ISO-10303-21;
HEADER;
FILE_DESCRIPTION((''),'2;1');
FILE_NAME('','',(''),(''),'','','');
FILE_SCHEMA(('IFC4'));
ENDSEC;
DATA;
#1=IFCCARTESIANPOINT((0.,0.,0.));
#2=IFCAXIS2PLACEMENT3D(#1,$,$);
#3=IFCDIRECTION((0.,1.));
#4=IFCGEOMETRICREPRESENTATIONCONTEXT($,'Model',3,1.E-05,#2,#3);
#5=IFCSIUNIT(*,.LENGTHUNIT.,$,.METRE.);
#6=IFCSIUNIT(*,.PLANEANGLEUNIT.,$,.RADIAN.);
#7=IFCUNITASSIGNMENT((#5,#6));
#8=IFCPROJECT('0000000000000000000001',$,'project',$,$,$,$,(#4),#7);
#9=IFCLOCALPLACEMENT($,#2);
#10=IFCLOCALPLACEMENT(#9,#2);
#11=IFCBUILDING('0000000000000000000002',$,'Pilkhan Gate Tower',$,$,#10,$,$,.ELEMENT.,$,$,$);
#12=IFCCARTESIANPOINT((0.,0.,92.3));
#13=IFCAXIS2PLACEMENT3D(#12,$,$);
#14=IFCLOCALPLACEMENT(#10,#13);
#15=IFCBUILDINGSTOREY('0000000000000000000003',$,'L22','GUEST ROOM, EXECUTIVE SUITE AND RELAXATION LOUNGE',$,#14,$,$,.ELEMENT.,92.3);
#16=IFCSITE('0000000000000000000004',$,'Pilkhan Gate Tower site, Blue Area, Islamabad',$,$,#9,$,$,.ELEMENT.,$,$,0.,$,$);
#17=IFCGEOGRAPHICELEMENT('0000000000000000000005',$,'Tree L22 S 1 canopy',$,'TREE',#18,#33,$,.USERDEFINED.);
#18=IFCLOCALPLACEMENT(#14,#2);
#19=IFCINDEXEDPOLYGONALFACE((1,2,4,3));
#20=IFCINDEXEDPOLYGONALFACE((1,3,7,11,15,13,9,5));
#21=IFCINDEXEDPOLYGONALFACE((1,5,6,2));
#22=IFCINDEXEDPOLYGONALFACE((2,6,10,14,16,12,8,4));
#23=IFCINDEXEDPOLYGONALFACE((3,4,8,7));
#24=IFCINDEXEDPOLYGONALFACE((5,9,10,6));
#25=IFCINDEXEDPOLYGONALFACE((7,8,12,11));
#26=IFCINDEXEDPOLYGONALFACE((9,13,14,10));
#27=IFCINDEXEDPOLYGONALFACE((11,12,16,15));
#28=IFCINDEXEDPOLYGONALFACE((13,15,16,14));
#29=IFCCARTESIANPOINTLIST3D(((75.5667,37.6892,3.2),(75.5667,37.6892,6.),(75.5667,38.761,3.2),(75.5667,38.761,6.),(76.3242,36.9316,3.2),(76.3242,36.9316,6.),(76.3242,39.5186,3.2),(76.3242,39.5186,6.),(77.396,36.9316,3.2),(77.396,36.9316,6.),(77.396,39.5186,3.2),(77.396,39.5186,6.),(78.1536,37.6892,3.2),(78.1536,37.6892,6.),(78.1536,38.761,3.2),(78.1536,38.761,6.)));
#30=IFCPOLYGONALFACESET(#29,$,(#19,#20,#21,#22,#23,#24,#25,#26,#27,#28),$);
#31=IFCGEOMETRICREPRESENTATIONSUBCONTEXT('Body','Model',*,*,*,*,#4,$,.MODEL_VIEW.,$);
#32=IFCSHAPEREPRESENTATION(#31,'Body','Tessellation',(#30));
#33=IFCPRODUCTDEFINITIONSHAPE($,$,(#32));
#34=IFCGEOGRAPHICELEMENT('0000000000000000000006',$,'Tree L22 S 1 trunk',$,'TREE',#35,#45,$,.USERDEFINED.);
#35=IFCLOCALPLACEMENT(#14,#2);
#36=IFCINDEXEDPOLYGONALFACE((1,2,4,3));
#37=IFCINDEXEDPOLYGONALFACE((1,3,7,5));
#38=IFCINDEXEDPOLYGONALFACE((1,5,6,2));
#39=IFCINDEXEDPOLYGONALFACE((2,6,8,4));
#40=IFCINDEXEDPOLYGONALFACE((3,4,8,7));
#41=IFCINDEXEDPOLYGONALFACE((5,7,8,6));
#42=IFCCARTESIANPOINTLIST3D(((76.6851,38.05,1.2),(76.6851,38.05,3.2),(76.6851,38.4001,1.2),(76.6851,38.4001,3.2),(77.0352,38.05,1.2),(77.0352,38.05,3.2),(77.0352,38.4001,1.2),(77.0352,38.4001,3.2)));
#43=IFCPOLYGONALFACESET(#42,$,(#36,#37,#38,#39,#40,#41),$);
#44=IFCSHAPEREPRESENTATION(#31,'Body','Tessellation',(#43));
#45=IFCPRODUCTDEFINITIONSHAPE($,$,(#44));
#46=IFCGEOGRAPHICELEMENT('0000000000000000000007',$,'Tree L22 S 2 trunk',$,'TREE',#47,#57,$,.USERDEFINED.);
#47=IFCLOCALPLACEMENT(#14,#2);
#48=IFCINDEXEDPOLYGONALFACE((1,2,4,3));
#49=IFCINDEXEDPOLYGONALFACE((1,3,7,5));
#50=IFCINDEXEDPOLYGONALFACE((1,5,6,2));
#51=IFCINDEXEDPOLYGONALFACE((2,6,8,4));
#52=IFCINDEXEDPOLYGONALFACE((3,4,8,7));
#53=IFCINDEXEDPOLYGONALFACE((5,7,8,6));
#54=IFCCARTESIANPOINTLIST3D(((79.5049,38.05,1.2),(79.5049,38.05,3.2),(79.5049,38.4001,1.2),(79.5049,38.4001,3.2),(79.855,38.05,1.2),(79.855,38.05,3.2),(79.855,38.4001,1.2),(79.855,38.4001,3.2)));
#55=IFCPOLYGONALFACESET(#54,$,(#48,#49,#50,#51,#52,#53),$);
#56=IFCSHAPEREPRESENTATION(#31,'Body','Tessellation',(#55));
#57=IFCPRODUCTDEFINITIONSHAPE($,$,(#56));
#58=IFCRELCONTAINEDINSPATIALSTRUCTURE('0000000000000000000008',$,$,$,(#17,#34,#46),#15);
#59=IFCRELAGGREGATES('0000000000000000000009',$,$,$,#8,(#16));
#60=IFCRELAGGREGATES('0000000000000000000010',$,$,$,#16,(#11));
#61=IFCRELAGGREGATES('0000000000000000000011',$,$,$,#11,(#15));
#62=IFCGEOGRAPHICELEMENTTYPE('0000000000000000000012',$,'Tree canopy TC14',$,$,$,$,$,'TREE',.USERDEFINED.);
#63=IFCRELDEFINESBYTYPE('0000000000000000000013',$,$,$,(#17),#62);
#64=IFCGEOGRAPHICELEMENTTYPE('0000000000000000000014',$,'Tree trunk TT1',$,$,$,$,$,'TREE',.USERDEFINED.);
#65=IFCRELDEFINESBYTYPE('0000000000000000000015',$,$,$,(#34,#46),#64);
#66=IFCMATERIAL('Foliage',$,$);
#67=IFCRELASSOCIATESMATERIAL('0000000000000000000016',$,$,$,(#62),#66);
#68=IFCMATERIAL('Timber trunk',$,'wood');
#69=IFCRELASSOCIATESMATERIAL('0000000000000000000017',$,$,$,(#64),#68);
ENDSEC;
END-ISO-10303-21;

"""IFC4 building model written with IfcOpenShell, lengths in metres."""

from ifc_helpers import new_model, si_unit, direction, frame, origin, origin_2d, place, context, subcontext, project, spatial, polyline, rectangle, outline, extrude, material, material_profile, profile_set, type_object, element, save


model = new_model("IFC4")

# Units and contexts
model_context = context("Model", 3, precision=1e-05, world=origin(), true_north=direction((0.0, 1.0)))
body_context = subcontext(model_context, "Body", "Model", "MODEL_VIEW")
ifc_project = project(units=[si_unit("LENGTHUNIT", "METRE"), si_unit("PLANEANGLEUNIT", "RADIAN")], contexts=[model_context])

# Site, building, storey
site_placement = place(None, origin())
site = spatial("IfcSite", under=ifc_project, at=site_placement, Name="Pilkhan Gate Tower site, Blue Area, Islamabad", CompositionType="ELEMENT", RefElevation=0.0)
building_placement = place(site_placement, origin())
building = spatial("IfcBuilding", under=site, at=building_placement, Name="Pilkhan Gate Tower", CompositionType="ELEMENT")
storey_placement = place(building_placement, frame((0.0, 0.0, 92.3)))
storey = spatial("IfcBuildingStorey", under=building, at=storey_placement, Name="L22", Description="GUEST ROOM, EXECUTIVE SUITE AND RELAXATION LOUNGE", CompositionType="ELEMENT", Elevation=92.3)

# Geographic elements
ifc_material_1 = material(Name="Foliage")
ifc_material_profile_1 = material_profile(ifc_material_1, outline(polyline([(1.2935, 0.5359), (0.5359, 1.2935), (-0.5359, 1.2935), (-1.2935, 0.5359), (-1.2935, -0.5359), (-0.5359, -1.2935), (0.5359, -1.2935), (1.2935, -0.5359), (1.2935, 0.5359)])), Name="Canopy D2.8")
ifc_profile_set_1 = profile_set([ifc_material_profile_1], Name="Foliage")
geographic_element_type_1 = type_object("IfcGeographicElementType", Name="Tree canopy TC14", ElementType="TREE", PredefinedType="USERDEFINED", material=ifc_profile_set_1)
geographic_element_1_placement = place(storey_placement, frame((76.8601, 38.2251, 3.2), z_axis=(0.0, 0.0, 1.0), x_axis=(1.0, 0.0, 0.0)))
element("IfcGeographicElement", 1, at=geographic_element_1_placement, inside=storey, type_object=geographic_element_type_1, Name="Tree L22 S 1 canopy", ObjectType="TREE", PredefinedType="USERDEFINED", context=body_context, shape_type="SweptSolid", body=[
    extrude(outline(polyline([(1.2935, 0.5359), (0.5359, 1.2935), (-0.5359, 1.2935), (-1.2935, 0.5359), (-1.2935, -0.5359), (-0.5359, -1.2935), (0.5359, -1.2935), (1.2935, -0.5359), (1.2935, 0.5359)])), origin(), (0.0, 0.0, 1.0), 2.8),
])
ifc_material_2 = material(Name="Timber trunk", Category="wood")
geographic_element_type_2 = type_object("IfcGeographicElementType", Name="Tree trunk TT1", ElementType="TREE", PredefinedType="USERDEFINED", material=ifc_material_2)
for number, where, z_axis, x_axis, name in (
    (2, (76.8601, 38.2251, 1.2), (0.0, 0.0, 1.0), (1.0, 0.0, 0.0), "Tree L22 S 1 trunk"),
    (3, (79.6799, 38.2251, 1.2), (0.0, 0.0, 1.0), (1.0, 0.0, 0.0), "Tree L22 S 2 trunk"),
):
    element("IfcGeographicElement", number, at=place(storey_placement, frame(where, z_axis=z_axis, x_axis=x_axis)), inside=storey, type_object=geographic_element_type_2, Name=name, ObjectType="TREE", PredefinedType="USERDEFINED", context=body_context, shape_type="SweptSolid", body=[
        extrude(rectangle(XDim=0.3501, YDim=0.3501, at=origin_2d()), origin(), (0.0, 0.0, 1.0), 2.0),
    ])

save(model, "model.ifc")
